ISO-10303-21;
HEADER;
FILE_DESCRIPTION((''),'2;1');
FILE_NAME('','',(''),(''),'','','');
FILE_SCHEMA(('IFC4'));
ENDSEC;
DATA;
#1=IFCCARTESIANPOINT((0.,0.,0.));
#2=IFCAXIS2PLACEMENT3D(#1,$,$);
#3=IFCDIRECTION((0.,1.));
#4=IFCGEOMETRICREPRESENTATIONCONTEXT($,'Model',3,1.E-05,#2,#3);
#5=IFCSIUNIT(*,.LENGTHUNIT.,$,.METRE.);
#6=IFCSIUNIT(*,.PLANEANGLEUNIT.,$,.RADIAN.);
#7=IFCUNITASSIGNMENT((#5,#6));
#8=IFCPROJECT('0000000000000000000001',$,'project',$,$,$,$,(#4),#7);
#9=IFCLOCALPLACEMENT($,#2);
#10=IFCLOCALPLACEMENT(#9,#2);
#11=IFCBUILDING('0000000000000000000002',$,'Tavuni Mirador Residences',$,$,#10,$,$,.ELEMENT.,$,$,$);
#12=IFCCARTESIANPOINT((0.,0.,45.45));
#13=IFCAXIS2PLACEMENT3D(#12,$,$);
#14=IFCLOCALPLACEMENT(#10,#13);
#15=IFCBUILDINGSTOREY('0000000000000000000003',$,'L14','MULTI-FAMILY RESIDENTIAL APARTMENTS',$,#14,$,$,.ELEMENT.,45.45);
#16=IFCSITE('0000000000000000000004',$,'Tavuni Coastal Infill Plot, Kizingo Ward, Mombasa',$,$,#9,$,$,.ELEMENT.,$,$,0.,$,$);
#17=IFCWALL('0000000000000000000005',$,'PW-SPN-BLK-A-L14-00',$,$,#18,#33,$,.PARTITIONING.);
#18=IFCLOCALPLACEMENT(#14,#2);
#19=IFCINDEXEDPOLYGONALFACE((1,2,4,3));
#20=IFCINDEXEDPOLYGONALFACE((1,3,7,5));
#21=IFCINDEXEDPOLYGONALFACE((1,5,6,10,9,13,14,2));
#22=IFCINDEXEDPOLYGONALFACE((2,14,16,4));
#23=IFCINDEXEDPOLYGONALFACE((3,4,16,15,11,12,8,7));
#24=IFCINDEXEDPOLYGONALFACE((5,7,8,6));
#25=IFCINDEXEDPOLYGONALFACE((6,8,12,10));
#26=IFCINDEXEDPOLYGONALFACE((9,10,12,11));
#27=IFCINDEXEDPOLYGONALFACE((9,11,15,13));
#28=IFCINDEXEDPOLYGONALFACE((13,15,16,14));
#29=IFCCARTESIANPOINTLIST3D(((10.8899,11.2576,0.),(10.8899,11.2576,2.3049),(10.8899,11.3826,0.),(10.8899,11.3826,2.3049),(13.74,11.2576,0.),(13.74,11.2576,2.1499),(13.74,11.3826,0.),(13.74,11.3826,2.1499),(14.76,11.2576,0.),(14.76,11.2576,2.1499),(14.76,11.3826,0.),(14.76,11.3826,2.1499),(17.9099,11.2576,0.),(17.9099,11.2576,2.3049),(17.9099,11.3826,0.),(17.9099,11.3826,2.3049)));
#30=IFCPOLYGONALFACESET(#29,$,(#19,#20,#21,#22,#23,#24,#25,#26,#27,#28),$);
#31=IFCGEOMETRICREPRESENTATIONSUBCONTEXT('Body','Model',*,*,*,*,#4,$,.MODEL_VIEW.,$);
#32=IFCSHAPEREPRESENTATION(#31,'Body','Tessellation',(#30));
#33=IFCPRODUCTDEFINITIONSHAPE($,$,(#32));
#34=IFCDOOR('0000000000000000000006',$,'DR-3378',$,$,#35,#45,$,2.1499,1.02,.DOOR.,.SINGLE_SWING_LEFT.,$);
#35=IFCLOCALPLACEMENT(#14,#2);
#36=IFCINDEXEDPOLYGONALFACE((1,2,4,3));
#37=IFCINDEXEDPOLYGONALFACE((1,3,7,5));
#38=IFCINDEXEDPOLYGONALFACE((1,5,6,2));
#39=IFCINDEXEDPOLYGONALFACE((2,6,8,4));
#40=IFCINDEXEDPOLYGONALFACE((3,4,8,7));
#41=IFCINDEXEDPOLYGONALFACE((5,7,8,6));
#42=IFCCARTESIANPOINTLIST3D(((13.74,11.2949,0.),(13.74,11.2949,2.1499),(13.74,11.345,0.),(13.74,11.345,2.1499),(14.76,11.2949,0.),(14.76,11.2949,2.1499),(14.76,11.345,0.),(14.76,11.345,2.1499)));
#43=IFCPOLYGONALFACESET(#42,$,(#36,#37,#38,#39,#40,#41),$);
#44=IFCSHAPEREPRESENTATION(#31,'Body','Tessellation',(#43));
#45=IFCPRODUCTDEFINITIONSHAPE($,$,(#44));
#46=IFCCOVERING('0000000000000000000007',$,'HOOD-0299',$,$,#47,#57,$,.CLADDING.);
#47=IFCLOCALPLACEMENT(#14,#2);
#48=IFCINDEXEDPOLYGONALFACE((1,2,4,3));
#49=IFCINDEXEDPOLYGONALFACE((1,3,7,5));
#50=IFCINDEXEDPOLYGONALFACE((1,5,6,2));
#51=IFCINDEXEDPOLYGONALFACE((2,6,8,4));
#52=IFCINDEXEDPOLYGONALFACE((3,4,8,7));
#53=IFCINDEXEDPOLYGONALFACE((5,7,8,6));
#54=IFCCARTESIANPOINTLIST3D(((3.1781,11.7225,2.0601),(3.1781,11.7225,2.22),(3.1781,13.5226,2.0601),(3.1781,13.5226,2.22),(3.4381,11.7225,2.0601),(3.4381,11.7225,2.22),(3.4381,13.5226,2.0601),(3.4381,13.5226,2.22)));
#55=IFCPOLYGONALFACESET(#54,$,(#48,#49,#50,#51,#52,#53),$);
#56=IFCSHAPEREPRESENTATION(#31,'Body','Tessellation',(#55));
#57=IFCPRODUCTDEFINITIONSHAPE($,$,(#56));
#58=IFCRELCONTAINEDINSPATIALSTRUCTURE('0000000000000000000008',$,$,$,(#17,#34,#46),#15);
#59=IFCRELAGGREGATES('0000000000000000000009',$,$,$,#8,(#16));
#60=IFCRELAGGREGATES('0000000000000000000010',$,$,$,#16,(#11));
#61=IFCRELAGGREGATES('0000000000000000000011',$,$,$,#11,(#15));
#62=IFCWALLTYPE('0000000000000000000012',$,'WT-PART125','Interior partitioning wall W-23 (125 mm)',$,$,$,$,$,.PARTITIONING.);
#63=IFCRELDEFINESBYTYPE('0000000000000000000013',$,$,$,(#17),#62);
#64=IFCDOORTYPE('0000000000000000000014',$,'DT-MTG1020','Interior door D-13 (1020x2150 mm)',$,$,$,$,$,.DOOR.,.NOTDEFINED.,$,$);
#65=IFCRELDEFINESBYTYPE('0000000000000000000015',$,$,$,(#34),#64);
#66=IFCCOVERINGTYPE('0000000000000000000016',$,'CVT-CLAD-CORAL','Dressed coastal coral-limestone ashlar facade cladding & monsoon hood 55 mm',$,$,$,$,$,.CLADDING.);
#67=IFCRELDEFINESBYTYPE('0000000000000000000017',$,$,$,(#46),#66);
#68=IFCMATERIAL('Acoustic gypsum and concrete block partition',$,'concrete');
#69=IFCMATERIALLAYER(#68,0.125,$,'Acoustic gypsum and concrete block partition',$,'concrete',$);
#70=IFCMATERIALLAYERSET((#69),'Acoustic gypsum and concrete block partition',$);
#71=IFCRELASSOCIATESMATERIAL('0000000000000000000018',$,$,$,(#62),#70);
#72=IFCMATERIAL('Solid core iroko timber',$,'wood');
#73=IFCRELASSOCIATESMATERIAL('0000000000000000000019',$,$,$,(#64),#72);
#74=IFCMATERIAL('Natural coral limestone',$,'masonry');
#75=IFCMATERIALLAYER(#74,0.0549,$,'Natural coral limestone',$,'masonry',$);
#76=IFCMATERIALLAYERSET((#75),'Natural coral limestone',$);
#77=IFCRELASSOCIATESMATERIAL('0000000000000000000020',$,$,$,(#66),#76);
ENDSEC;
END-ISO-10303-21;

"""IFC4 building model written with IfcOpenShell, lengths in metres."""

from ifc_helpers import new_model, si_unit, direction, frame, frame_2d, origin, origin_2d, place, context, subcontext, project, spatial, rectangle, extrude, material, layer, layer_set, type_object, element, fill, save


model = new_model("IFC4")

# Units and contexts
model_context = context("Model", 3, precision=1e-05, world=origin(), true_north=direction((0.0, 1.0)))
body_context = subcontext(model_context, "Body", "Model", "MODEL_VIEW")
ifc_project = project(units=[si_unit("LENGTHUNIT", "METRE"), si_unit("PLANEANGLEUNIT", "RADIAN")], contexts=[model_context])

# Site, building, storey
site_placement = place(None, origin())
site = spatial("IfcSite", under=ifc_project, at=site_placement, Name="Tavuni Coastal Infill Plot, Kizingo Ward, Mombasa", CompositionType="ELEMENT", RefElevation=0.0)
building_placement = place(site_placement, origin())
building = spatial("IfcBuilding", under=site, at=building_placement, Name="Tavuni Mirador Residences", CompositionType="ELEMENT")
storey_placement = place(building_placement, frame((0.0, 0.0, 45.45)))
storey = spatial("IfcBuildingStorey", under=building, at=storey_placement, Name="L14", Description="MULTI-FAMILY RESIDENTIAL APARTMENTS", CompositionType="ELEMENT", Elevation=45.45)

# Shared definitions
ifc_material_1 = material(Name="Acoustic gypsum and concrete block partition", Category="concrete")
ifc_material_2 = material(Name="Solid core iroko timber", Category="wood")

# Wall, opening, door
ifc_layer_1 = layer(ifc_material_1, 0.125, Name="Acoustic gypsum and concrete block partition", Category="concrete")
ifc_layer_set_1 = layer_set([ifc_layer_1], Name="Acoustic gypsum and concrete block partition")
wall_type_1 = type_object("IfcWallType", Name="WT-PART125", Description="Interior partitioning wall W-23 (125 mm)", PredefinedType="PARTITIONING", material=ifc_layer_set_1)
wall_1_placement = place(storey_placement, frame((10.8899, 11.3201, 0.0), z_axis=(0.0, 0.0, 1.0), x_axis=(1.0, 0.0, 0.0)))
wall_1 = element("IfcWall", 1, at=wall_1_placement, inside=storey, type_object=wall_type_1, Name="PW-SPN-BLK-A-L14-00", PredefinedType="PARTITIONING", context=body_context, shape_type="SweptSolid", body=[
    extrude(rectangle(XDim=7.02, YDim=0.125, at=frame_2d((3.51, 0.0))), origin(), (0.0, 0.0, 1.0), 2.3049),
])
opening_1_placement = place(wall_1_placement, frame((2.8501, 0.0, 0.0)))
opening_1 = element("IfcOpeningElement", 2, at=opening_1_placement, cuts=wall_1, PredefinedType="OPENING", context=body_context, shape_type="SweptSolid", body=[
    extrude(rectangle(XDim=1.02, YDim=2.1499, at=frame_2d((0.51, 1.075))), frame((0.0, 0.0725, 0.0), z_axis=(0.0, -1.0, 0.0), x_axis=(1.0, 0.0, 0.0)), (0.0, 0.0, 1.0), 0.145),
])
door_type_1 = type_object("IfcDoorType", Name="DT-MTG1020", Description="Interior door D-13 (1020x2150 mm)", OperationType="NOTDEFINED", PredefinedType="DOOR", material=ifc_material_2)
door_1_placement = place(opening_1_placement, origin())
door_1 = element("IfcDoor", 3, at=door_1_placement, inside=storey, type_object=door_type_1, Name="DR-3378", OperationType="SINGLE_SWING_LEFT", OverallHeight=2.1499, OverallWidth=1.02, PredefinedType="DOOR", context=body_context, shape_type="SweptSolid", body=[
    extrude(rectangle(XDim=1.02, YDim=2.1499, at=frame_2d((0.51, 1.075))), frame((0.0, 0.0249, 0.0), z_axis=(0.0, -1.0, 0.0), x_axis=(1.0, 0.0, 0.0)), (0.0, 0.0, 1.0), 0.05),
])
fill(opening_1, door_1)

# Covering
ifc_material_3 = material(Name="Natural coral limestone", Category="masonry")
ifc_layer_2 = layer(ifc_material_3, 0.0549, Name="Natural coral limestone", Category="masonry")
ifc_layer_set_2 = layer_set([ifc_layer_2], Name="Natural coral limestone")
covering_type = type_object("IfcCoveringType", Name="CVT-CLAD-CORAL", Description="Dressed coastal coral-limestone ashlar facade cladding & monsoon hood 55 mm", PredefinedType="CLADDING", material=ifc_layer_set_2)
covering_placement = place(storey_placement, frame((3.3081, 12.6226, 2.0601), z_axis=(0.0, 0.0, 1.0), x_axis=(0.0, -1.0, 0.0)))
element("IfcCovering", 4, at=covering_placement, inside=storey, type_object=covering_type, Name="HOOD-0299", PredefinedType="CLADDING", context=body_context, shape_type="SweptSolid", body=[
    extrude(rectangle(XDim=1.8, YDim=0.26, at=origin_2d()), origin(), (0.0, 0.0, 1.0), 0.1599),
])

save(model, "model.ifc")
